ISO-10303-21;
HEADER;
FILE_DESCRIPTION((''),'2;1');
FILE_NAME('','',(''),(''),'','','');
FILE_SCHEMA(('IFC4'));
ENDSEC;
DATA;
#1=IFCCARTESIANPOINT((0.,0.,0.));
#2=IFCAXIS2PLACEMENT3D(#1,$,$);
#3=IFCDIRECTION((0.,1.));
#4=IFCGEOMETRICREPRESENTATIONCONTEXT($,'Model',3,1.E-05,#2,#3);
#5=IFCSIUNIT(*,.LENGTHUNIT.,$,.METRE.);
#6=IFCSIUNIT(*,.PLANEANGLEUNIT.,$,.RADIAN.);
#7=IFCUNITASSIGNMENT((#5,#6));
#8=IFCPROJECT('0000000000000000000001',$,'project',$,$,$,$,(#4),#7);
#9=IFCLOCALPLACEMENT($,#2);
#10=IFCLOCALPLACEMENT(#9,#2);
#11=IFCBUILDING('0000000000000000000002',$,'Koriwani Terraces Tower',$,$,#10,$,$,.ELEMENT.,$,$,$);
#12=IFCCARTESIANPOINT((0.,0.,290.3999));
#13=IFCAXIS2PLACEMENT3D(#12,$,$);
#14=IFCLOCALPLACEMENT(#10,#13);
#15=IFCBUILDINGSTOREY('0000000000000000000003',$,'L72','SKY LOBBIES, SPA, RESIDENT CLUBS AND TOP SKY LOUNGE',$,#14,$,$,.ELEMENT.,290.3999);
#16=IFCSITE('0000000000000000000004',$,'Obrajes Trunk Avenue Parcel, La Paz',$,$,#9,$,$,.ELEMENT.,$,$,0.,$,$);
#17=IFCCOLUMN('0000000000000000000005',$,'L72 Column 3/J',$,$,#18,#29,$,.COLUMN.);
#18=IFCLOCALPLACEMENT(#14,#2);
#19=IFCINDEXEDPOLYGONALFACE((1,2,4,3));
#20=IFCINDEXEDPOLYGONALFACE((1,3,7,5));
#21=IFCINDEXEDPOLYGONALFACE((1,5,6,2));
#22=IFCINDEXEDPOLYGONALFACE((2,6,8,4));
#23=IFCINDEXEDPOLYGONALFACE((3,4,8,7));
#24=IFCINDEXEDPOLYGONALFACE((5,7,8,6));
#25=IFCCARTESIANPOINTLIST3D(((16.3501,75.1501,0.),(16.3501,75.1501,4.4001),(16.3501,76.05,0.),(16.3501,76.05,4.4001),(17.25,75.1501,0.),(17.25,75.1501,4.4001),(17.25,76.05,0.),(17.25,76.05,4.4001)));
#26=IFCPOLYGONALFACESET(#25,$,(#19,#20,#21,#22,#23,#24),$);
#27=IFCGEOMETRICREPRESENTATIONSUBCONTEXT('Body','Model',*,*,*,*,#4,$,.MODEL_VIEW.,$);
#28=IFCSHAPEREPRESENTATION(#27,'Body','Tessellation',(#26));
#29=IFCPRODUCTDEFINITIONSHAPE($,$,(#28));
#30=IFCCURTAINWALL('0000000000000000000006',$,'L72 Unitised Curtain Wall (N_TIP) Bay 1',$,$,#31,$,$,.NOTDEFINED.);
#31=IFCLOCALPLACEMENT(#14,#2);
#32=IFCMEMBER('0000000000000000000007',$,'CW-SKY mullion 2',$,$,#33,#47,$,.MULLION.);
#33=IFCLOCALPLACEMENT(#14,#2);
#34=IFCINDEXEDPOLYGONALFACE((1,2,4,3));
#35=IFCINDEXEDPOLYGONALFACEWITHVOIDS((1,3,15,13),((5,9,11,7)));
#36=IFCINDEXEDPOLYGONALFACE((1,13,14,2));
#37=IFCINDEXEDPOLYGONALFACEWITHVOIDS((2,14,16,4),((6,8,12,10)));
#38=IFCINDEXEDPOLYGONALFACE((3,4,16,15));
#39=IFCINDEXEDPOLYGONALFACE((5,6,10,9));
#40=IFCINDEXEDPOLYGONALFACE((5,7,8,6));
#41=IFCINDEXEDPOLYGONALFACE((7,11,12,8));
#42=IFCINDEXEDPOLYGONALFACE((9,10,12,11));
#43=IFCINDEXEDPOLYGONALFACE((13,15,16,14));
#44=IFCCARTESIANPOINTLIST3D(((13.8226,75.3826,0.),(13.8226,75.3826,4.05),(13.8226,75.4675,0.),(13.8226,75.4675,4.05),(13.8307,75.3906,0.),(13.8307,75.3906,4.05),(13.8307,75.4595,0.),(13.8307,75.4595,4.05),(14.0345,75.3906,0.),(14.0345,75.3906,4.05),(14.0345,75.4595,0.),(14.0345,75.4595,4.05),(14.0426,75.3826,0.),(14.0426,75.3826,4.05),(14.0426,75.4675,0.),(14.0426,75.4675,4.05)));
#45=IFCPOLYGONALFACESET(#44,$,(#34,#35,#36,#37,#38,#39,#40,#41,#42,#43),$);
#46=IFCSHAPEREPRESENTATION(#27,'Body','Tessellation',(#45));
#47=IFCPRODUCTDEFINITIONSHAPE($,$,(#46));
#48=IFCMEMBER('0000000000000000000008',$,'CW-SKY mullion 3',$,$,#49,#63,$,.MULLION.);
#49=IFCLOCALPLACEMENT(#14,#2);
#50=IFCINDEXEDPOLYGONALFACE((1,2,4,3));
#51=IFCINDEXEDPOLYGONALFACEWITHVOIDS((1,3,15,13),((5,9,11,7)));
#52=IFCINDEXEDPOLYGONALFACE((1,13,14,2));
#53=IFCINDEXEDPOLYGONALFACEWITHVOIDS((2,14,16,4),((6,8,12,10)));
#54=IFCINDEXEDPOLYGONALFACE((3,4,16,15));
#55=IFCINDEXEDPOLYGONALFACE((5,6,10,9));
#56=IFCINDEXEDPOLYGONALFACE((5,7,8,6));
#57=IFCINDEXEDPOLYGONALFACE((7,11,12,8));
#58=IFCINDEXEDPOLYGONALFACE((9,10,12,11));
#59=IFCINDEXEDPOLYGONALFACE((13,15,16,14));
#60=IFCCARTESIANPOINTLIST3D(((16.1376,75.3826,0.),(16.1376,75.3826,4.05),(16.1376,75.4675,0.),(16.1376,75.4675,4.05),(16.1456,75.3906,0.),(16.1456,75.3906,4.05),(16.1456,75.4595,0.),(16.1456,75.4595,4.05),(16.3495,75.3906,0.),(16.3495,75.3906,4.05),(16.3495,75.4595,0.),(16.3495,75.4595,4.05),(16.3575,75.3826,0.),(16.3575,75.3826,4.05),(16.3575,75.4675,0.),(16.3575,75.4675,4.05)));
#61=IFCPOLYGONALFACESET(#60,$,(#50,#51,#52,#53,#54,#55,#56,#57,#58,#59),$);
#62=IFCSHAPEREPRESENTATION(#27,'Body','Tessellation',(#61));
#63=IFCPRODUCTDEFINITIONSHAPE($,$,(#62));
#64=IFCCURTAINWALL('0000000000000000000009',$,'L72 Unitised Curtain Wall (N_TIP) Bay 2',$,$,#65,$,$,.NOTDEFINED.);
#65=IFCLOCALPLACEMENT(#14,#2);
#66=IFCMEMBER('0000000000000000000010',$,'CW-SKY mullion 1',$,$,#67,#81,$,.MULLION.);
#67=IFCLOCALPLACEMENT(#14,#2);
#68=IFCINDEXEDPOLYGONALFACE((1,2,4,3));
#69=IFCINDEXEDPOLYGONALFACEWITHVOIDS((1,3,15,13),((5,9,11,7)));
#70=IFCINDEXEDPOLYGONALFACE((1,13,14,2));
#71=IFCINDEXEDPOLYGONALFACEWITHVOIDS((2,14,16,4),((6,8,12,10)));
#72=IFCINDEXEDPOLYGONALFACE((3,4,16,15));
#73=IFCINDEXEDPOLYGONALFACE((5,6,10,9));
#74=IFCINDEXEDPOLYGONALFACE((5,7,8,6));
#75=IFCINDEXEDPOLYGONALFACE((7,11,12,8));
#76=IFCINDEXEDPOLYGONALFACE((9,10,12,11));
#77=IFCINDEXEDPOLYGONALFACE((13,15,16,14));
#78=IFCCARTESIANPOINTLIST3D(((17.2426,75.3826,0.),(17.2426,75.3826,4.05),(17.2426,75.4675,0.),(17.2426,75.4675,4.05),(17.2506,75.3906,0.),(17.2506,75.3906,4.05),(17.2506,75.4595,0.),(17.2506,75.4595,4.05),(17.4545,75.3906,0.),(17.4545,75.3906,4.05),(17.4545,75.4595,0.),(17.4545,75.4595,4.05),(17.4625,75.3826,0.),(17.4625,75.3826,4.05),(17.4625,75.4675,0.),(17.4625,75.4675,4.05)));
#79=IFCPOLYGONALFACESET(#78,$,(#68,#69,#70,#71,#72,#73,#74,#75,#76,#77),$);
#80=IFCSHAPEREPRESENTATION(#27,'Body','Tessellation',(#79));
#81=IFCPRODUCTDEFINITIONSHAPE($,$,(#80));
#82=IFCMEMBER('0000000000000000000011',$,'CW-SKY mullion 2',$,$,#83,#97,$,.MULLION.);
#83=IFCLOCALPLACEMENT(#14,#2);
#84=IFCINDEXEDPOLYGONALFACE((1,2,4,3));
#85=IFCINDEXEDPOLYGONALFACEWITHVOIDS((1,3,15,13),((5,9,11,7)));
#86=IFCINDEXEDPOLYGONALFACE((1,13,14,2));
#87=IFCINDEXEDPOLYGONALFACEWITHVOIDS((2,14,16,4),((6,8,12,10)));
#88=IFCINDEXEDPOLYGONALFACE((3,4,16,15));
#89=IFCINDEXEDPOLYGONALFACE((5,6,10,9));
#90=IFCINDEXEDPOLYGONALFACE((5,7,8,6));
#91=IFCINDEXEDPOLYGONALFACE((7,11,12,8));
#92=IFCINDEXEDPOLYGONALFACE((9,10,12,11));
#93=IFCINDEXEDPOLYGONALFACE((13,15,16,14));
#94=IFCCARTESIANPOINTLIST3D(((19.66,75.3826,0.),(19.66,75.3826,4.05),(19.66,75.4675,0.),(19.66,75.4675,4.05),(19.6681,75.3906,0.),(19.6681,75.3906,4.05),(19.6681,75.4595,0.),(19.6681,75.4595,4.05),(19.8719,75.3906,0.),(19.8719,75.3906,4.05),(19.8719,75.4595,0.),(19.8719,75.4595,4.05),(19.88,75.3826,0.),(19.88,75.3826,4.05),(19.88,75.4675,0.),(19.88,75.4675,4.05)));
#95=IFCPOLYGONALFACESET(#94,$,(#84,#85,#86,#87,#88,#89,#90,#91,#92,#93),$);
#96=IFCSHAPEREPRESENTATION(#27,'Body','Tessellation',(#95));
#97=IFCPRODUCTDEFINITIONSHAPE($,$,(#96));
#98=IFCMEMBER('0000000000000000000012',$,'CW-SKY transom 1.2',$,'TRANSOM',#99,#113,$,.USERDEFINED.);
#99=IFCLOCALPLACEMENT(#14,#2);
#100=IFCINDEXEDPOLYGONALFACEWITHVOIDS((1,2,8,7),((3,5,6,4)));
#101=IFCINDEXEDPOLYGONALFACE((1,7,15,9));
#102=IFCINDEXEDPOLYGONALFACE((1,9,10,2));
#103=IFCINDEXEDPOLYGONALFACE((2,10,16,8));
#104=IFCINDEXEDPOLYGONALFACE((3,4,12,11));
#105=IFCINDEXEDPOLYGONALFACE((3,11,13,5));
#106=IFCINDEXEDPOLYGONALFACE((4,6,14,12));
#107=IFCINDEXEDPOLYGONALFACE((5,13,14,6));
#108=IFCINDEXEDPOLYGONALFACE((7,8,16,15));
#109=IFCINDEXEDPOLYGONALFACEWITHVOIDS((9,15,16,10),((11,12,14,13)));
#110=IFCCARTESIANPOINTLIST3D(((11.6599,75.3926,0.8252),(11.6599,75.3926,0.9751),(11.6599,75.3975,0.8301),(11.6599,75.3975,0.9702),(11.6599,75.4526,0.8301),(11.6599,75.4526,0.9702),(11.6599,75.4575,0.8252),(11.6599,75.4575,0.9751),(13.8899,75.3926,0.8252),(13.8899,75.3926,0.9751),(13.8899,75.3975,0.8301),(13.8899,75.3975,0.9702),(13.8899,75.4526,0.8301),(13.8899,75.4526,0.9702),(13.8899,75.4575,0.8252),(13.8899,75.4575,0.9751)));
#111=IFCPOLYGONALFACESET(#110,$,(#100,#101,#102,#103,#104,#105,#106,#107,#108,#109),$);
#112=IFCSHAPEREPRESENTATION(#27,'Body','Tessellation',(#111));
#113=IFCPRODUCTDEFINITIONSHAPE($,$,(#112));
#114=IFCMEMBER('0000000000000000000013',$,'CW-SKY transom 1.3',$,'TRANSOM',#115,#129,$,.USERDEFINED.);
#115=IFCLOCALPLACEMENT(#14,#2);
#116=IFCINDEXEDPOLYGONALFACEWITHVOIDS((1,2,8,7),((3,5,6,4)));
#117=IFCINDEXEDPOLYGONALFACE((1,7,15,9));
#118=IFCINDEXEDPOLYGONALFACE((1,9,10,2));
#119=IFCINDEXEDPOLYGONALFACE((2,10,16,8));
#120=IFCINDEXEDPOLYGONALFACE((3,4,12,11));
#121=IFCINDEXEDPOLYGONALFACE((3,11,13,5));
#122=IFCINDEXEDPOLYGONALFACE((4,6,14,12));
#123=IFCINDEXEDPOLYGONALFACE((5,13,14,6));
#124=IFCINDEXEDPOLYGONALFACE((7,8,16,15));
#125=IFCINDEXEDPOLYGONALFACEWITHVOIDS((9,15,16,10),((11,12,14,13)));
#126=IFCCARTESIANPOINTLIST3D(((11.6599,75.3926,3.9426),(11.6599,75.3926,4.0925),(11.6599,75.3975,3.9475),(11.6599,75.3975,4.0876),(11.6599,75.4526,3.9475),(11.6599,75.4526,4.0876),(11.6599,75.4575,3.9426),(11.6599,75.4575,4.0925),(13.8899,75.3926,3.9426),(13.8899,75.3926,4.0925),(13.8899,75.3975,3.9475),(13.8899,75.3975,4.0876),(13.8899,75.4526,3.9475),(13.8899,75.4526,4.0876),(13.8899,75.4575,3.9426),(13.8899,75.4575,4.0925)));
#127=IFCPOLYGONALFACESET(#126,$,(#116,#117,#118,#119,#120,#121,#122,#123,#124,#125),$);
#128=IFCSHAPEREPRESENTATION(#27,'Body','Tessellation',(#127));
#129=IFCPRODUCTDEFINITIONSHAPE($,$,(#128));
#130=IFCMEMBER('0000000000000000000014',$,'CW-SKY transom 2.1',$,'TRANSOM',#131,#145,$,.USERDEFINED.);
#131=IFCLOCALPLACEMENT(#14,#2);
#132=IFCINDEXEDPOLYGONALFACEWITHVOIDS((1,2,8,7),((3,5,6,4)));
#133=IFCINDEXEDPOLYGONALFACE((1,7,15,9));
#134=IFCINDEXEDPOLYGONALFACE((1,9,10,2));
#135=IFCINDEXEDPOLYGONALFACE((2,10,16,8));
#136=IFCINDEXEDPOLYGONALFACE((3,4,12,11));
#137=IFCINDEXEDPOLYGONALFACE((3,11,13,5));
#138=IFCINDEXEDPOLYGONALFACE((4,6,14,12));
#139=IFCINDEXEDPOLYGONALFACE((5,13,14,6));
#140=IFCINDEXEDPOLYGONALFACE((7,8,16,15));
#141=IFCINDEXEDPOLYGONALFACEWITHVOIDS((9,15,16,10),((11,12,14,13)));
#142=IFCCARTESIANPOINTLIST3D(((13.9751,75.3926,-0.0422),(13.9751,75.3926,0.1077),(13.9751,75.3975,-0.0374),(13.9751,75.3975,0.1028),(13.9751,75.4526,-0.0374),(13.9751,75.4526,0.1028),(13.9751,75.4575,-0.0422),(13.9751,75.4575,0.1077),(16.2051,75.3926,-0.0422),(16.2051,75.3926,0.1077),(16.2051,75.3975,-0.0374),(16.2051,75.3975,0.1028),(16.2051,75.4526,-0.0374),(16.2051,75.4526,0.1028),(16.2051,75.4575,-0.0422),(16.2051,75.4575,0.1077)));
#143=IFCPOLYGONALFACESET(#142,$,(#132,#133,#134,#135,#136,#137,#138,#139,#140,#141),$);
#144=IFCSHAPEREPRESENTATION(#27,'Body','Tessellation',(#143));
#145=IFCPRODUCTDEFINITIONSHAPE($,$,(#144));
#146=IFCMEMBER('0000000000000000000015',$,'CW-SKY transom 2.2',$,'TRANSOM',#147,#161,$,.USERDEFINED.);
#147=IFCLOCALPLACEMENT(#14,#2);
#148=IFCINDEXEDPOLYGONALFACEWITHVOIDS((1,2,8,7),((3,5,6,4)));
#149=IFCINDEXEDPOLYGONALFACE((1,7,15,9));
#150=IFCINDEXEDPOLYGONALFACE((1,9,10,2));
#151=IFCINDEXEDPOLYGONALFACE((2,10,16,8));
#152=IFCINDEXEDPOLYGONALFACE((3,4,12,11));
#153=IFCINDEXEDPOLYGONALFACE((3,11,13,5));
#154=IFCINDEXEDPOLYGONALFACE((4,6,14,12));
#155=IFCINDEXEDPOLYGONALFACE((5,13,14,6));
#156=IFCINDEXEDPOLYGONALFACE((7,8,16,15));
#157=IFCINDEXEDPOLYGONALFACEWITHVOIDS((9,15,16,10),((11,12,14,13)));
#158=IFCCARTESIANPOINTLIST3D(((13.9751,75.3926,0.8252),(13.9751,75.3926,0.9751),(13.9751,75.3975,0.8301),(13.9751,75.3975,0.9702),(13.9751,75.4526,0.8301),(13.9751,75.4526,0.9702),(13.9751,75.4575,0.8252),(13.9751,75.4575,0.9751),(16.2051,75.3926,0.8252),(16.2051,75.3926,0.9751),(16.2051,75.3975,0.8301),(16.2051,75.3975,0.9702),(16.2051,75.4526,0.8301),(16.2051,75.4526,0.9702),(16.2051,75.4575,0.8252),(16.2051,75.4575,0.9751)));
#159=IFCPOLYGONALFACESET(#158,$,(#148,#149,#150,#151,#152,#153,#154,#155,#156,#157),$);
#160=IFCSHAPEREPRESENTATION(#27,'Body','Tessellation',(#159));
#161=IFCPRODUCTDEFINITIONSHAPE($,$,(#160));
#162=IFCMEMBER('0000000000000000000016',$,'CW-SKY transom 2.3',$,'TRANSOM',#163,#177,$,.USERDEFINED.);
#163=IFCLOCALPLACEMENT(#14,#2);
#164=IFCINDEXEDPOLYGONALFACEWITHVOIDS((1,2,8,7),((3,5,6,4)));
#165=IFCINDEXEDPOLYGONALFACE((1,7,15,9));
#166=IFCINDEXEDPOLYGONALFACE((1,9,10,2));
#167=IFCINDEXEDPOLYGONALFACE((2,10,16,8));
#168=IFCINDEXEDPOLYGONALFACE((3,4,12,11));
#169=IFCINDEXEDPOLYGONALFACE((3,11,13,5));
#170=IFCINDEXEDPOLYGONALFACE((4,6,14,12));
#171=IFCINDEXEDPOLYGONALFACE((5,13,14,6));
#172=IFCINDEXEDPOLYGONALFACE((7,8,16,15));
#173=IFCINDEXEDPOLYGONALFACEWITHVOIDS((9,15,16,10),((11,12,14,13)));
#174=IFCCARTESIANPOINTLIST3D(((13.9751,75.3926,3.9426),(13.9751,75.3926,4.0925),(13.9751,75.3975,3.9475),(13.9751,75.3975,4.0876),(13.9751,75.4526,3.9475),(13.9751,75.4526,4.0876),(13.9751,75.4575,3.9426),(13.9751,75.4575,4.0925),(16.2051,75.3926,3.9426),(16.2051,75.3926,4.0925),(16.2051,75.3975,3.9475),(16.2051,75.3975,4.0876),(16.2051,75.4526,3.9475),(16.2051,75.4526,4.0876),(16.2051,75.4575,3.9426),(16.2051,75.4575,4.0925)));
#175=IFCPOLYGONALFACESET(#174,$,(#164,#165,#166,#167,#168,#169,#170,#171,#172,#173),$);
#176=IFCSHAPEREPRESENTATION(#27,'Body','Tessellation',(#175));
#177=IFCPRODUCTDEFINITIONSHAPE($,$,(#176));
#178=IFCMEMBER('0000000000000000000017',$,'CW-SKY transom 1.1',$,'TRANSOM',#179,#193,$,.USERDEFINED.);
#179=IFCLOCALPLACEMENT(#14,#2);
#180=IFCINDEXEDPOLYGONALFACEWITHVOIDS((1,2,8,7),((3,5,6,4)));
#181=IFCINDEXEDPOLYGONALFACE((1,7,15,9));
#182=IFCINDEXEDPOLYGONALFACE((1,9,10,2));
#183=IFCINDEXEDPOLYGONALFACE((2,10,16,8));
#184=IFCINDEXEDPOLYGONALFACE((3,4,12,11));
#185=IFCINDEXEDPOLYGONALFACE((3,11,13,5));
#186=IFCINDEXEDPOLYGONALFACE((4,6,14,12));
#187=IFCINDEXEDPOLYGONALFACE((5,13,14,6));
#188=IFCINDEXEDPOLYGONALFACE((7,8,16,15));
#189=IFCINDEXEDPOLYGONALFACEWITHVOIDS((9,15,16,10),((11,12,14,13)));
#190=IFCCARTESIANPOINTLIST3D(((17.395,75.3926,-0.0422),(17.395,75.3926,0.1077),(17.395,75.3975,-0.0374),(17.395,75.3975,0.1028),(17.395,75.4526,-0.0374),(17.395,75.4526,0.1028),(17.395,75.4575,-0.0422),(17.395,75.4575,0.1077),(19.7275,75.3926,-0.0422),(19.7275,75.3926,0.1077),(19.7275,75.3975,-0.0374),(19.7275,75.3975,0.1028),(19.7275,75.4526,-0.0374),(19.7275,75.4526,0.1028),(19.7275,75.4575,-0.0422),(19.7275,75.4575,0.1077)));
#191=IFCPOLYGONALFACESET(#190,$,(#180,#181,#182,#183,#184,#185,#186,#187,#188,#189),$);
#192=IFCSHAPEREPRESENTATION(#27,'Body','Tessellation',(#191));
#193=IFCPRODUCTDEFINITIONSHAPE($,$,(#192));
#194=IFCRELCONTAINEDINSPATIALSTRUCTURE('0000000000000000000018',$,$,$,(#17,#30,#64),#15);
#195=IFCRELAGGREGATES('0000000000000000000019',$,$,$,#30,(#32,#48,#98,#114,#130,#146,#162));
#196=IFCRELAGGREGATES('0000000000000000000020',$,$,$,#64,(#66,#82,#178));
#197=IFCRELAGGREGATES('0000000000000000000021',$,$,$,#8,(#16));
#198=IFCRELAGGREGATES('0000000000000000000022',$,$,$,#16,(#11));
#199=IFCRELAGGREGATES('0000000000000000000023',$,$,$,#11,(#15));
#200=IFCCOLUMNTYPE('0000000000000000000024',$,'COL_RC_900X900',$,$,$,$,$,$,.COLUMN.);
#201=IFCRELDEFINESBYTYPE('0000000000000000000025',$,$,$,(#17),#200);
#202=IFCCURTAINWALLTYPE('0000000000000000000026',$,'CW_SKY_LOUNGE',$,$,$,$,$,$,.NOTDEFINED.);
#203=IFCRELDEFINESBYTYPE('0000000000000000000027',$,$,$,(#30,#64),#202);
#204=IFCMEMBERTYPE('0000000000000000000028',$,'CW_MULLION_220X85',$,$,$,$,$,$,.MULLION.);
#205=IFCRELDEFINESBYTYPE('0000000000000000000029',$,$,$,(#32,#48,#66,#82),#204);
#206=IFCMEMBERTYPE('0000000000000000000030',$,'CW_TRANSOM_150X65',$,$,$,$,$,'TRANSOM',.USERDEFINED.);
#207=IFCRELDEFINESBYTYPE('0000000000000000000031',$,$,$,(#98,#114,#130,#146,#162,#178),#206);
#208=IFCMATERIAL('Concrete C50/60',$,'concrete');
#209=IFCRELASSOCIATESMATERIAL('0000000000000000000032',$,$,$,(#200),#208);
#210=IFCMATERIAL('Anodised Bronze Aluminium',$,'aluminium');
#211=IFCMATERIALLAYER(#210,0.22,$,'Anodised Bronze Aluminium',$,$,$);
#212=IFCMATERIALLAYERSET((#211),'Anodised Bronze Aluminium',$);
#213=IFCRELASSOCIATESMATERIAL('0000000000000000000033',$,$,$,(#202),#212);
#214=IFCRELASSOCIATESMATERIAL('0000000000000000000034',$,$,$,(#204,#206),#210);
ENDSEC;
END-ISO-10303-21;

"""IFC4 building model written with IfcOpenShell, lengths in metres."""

from ifc_helpers import new_model, si_unit, direction, frame, origin, origin_2d, place, context, subcontext, project, spatial, rectangle, hollow_rectangle, extrude, material, layer, layer_set, material_profile, profile_set, type_object, element, aggregate, save


model = new_model("IFC4")

# Units and contexts
model_context = context("Model", 3, precision=1e-05, world=origin(), true_north=direction((0.0, 1.0)))
body_context = subcontext(model_context, "Body", "Model", "MODEL_VIEW")
ifc_project = project(units=[si_unit("LENGTHUNIT", "METRE"), si_unit("PLANEANGLEUNIT", "RADIAN")], contexts=[model_context])

# Site, building, storey
site_placement = place(None, origin())
site = spatial("IfcSite", under=ifc_project, at=site_placement, Name="Obrajes Trunk Avenue Parcel, La Paz", CompositionType="ELEMENT", RefElevation=0.0)
building_placement = place(site_placement, origin())
building = spatial("IfcBuilding", under=site, at=building_placement, Name="Koriwani Terraces Tower", CompositionType="ELEMENT")
storey_placement = place(building_placement, frame((0.0, 0.0, 290.3999)))
storey = spatial("IfcBuildingStorey", under=building, at=storey_placement, Name="L72", Description="SKY LOBBIES, SPA, RESIDENT CLUBS AND TOP SKY LOUNGE", CompositionType="ELEMENT", Elevation=290.3999)

# Column
ifc_material_1 = material(Name="Concrete C50/60", Category="concrete")
ifc_material_profile_1 = material_profile(ifc_material_1, rectangle(XDim=0.8999, YDim=0.8999, at=origin_2d()), Name="Concrete C50/60", Category="LoadBearing")
ifc_profile_set_1 = profile_set([ifc_material_profile_1], Name="Concrete C50/60")
column_type = type_object("IfcColumnType", Name="COL_RC_900X900", PredefinedType="COLUMN", material=ifc_profile_set_1)
column_placement = place(storey_placement, frame((16.8, 75.6001, 0.0), z_axis=(0.0, 0.0, 1.0), x_axis=(1.0, 0.0, 0.0)))
element("IfcColumn", 1, at=column_placement, inside=storey, type_object=column_type, Name="L72 Column 3/J", PredefinedType="COLUMN", context=body_context, shape_type="SweptSolid", body=[
    extrude(rectangle(XDim=0.8999, YDim=0.8999, at=origin_2d()), origin(), (0.0, 0.0, 1.0), 4.4001),
])

# Curtain walls, members
ifc_material_2 = material(Name="Anodised Bronze Aluminium", Category="aluminium")
ifc_layer_1 = layer(ifc_material_2, 0.22, Name="Anodised Bronze Aluminium")
ifc_layer_set_1 = layer_set([ifc_layer_1], Name="Anodised Bronze Aluminium")
curtain_wall_type = type_object("IfcCurtainWallType", Name="CW_SKY_LOUNGE", PredefinedType="NOTDEFINED", material=ifc_layer_set_1)
curtain_wall_1_placement = place(storey_placement, origin())
curtain_wall_1 = element("IfcCurtainWall", 2, at=curtain_wall_1_placement, inside=storey, type_object=curtain_wall_type, Name="L72 Unitised Curtain Wall (N_TIP) Bay 1", PredefinedType="NOTDEFINED")
ifc_material_profile_2 = material_profile(ifc_material_2, hollow_rectangle(XDim=0.085, YDim=0.22, WallThickness=0.0081, at=origin_2d()), Name="Anodised Bronze Aluminium", Category="LoadBearing")
ifc_profile_set_2 = profile_set([ifc_material_profile_2], Name="Anodised Bronze Aluminium")
member_type_1 = type_object("IfcMemberType", Name="CW_MULLION_220X85", PredefinedType="MULLION", material=ifc_profile_set_2)
member_1_placement = place(storey_placement, frame((13.9326, 75.425, 0.0), z_axis=(0.0, 0.0, 1.0), x_axis=(0.0, 1.0, 0.0)))
member_1 = element("IfcMember", 3, at=member_1_placement, type_object=member_type_1, Name="CW-SKY mullion 2", PredefinedType="MULLION", context=body_context, shape_type="SweptSolid", body=[
    extrude(hollow_rectangle(XDim=0.085, YDim=0.22, WallThickness=0.0081, at=origin_2d()), origin(), (0.0, 0.0, 1.0), 4.05),
])
member_2_placement = place(storey_placement, frame((16.2476, 75.425, 0.0), z_axis=(0.0, 0.0, 1.0), x_axis=(0.0, 1.0, 0.0)))
member_2 = element("IfcMember", 4, at=member_2_placement, type_object=member_type_1, Name="CW-SKY mullion 3", PredefinedType="MULLION", context=body_context, shape_type="SweptSolid", body=[
    extrude(hollow_rectangle(XDim=0.085, YDim=0.22, WallThickness=0.0081, at=origin_2d()), origin(), (0.0, 0.0, 1.0), 4.05),
])
curtain_wall_2_placement = place(storey_placement, origin())
curtain_wall_2 = element("IfcCurtainWall", 5, at=curtain_wall_2_placement, inside=storey, type_object=curtain_wall_type, Name="L72 Unitised Curtain Wall (N_TIP) Bay 2", PredefinedType="NOTDEFINED")
member_3_placement = place(storey_placement, frame((17.3525, 75.425, 0.0), z_axis=(0.0, 0.0, 1.0), x_axis=(0.0, 1.0, 0.0)))
member_3 = element("IfcMember", 6, at=member_3_placement, type_object=member_type_1, Name="CW-SKY mullion 1", PredefinedType="MULLION", context=body_context, shape_type="SweptSolid", body=[
    extrude(hollow_rectangle(XDim=0.085, YDim=0.22, WallThickness=0.0081, at=origin_2d()), origin(), (0.0, 0.0, 1.0), 4.05),
])
member_4_placement = place(storey_placement, frame((19.77, 75.425, 0.0), z_axis=(0.0, 0.0, 1.0), x_axis=(0.0, 1.0, 0.0)))
member_4 = element("IfcMember", 7, at=member_4_placement, type_object=member_type_1, Name="CW-SKY mullion 2", PredefinedType="MULLION", context=body_context, shape_type="SweptSolid", body=[
    extrude(hollow_rectangle(XDim=0.085, YDim=0.22, WallThickness=0.0081, at=origin_2d()), origin(), (0.0, 0.0, 1.0), 4.05),
])

# Members
ifc_material_profile_3 = material_profile(ifc_material_2, hollow_rectangle(XDim=0.0649, YDim=0.1499, WallThickness=0.0049, at=origin_2d()), Name="Anodised Bronze Aluminium", Category="LoadBearing")
ifc_profile_set_3 = profile_set([ifc_material_profile_3], Name="Anodised Bronze Aluminium")
member_type_2 = type_object("IfcMemberType", Name="CW_TRANSOM_150X65", ElementType="TRANSOM", PredefinedType="USERDEFINED", material=ifc_profile_set_3)
member_5_placement = place(storey_placement, frame((11.6599, 75.425, 0.9001), z_axis=(1.0, 0.0, 0.0), x_axis=(0.0, 1.0, 0.0)))
member_5 = element("IfcMember", 8, at=member_5_placement, type_object=member_type_2, Name="CW-SKY transom 1.2", ObjectType="TRANSOM", PredefinedType="USERDEFINED", context=body_context, shape_type="SweptSolid", body=[
    extrude(hollow_rectangle(XDim=0.0649, YDim=0.1499, WallThickness=0.0049, at=origin_2d()), origin(), (0.0, 0.0, 1.0), 2.23),
])
member_6_placement = place(storey_placement, frame((11.6599, 75.425, 4.0176), z_axis=(1.0, 0.0, 0.0), x_axis=(0.0, 1.0, 0.0)))
member_6 = element("IfcMember", 9, at=member_6_placement, type_object=member_type_2, Name="CW-SKY transom 1.3", ObjectType="TRANSOM", PredefinedType="USERDEFINED", context=body_context, shape_type="SweptSolid", body=[
    extrude(hollow_rectangle(XDim=0.0649, YDim=0.1499, WallThickness=0.0049, at=origin_2d()), origin(), (0.0, 0.0, 1.0), 2.23),
])
member_7_placement = place(storey_placement, frame((13.9751, 75.425, 0.0327), z_axis=(1.0, 0.0, 0.0), x_axis=(0.0, 1.0, 0.0)))
member_7 = element("IfcMember", 10, at=member_7_placement, type_object=member_type_2, Name="CW-SKY transom 2.1", ObjectType="TRANSOM", PredefinedType="USERDEFINED", context=body_context, shape_type="SweptSolid", body=[
    extrude(hollow_rectangle(XDim=0.0649, YDim=0.1499, WallThickness=0.0049, at=origin_2d()), origin(), (0.0, 0.0, 1.0), 2.23),
])
member_8_placement = place(storey_placement, frame((13.9751, 75.425, 0.9001), z_axis=(1.0, 0.0, 0.0), x_axis=(0.0, 1.0, 0.0)))
member_8 = element("IfcMember", 11, at=member_8_placement, type_object=member_type_2, Name="CW-SKY transom 2.2", ObjectType="TRANSOM", PredefinedType="USERDEFINED", context=body_context, shape_type="SweptSolid", body=[
    extrude(hollow_rectangle(XDim=0.0649, YDim=0.1499, WallThickness=0.0049, at=origin_2d()), origin(), (0.0, 0.0, 1.0), 2.23),
])
member_9_placement = place(storey_placement, frame((13.9751, 75.425, 4.0176), z_axis=(1.0, 0.0, 0.0), x_axis=(0.0, 1.0, 0.0)))
member_9 = element("IfcMember", 12, at=member_9_placement, type_object=member_type_2, Name="CW-SKY transom 2.3", ObjectType="TRANSOM", PredefinedType="USERDEFINED", context=body_context, shape_type="SweptSolid", body=[
    extrude(hollow_rectangle(XDim=0.0649, YDim=0.1499, WallThickness=0.0049, at=origin_2d()), origin(), (0.0, 0.0, 1.0), 2.23),
])
member_10_placement = place(storey_placement, frame((17.395, 75.425, 0.0327), z_axis=(1.0, 0.0, 0.0), x_axis=(0.0, 1.0, 0.0)))
member_10 = element("IfcMember", 13, at=member_10_placement, type_object=member_type_2, Name="CW-SKY transom 1.1", ObjectType="TRANSOM", PredefinedType="USERDEFINED", context=body_context, shape_type="SweptSolid", body=[
    extrude(hollow_rectangle(XDim=0.0649, YDim=0.1499, WallThickness=0.0049, at=origin_2d()), origin(), (0.0, 0.0, 1.0), 2.3325),
])

aggregate(curtain_wall_1, [member_1, member_2, member_5, member_6, member_7, member_8, member_9])
aggregate(curtain_wall_2, [member_3, member_4, member_10])

save(model, "model.ifc")
